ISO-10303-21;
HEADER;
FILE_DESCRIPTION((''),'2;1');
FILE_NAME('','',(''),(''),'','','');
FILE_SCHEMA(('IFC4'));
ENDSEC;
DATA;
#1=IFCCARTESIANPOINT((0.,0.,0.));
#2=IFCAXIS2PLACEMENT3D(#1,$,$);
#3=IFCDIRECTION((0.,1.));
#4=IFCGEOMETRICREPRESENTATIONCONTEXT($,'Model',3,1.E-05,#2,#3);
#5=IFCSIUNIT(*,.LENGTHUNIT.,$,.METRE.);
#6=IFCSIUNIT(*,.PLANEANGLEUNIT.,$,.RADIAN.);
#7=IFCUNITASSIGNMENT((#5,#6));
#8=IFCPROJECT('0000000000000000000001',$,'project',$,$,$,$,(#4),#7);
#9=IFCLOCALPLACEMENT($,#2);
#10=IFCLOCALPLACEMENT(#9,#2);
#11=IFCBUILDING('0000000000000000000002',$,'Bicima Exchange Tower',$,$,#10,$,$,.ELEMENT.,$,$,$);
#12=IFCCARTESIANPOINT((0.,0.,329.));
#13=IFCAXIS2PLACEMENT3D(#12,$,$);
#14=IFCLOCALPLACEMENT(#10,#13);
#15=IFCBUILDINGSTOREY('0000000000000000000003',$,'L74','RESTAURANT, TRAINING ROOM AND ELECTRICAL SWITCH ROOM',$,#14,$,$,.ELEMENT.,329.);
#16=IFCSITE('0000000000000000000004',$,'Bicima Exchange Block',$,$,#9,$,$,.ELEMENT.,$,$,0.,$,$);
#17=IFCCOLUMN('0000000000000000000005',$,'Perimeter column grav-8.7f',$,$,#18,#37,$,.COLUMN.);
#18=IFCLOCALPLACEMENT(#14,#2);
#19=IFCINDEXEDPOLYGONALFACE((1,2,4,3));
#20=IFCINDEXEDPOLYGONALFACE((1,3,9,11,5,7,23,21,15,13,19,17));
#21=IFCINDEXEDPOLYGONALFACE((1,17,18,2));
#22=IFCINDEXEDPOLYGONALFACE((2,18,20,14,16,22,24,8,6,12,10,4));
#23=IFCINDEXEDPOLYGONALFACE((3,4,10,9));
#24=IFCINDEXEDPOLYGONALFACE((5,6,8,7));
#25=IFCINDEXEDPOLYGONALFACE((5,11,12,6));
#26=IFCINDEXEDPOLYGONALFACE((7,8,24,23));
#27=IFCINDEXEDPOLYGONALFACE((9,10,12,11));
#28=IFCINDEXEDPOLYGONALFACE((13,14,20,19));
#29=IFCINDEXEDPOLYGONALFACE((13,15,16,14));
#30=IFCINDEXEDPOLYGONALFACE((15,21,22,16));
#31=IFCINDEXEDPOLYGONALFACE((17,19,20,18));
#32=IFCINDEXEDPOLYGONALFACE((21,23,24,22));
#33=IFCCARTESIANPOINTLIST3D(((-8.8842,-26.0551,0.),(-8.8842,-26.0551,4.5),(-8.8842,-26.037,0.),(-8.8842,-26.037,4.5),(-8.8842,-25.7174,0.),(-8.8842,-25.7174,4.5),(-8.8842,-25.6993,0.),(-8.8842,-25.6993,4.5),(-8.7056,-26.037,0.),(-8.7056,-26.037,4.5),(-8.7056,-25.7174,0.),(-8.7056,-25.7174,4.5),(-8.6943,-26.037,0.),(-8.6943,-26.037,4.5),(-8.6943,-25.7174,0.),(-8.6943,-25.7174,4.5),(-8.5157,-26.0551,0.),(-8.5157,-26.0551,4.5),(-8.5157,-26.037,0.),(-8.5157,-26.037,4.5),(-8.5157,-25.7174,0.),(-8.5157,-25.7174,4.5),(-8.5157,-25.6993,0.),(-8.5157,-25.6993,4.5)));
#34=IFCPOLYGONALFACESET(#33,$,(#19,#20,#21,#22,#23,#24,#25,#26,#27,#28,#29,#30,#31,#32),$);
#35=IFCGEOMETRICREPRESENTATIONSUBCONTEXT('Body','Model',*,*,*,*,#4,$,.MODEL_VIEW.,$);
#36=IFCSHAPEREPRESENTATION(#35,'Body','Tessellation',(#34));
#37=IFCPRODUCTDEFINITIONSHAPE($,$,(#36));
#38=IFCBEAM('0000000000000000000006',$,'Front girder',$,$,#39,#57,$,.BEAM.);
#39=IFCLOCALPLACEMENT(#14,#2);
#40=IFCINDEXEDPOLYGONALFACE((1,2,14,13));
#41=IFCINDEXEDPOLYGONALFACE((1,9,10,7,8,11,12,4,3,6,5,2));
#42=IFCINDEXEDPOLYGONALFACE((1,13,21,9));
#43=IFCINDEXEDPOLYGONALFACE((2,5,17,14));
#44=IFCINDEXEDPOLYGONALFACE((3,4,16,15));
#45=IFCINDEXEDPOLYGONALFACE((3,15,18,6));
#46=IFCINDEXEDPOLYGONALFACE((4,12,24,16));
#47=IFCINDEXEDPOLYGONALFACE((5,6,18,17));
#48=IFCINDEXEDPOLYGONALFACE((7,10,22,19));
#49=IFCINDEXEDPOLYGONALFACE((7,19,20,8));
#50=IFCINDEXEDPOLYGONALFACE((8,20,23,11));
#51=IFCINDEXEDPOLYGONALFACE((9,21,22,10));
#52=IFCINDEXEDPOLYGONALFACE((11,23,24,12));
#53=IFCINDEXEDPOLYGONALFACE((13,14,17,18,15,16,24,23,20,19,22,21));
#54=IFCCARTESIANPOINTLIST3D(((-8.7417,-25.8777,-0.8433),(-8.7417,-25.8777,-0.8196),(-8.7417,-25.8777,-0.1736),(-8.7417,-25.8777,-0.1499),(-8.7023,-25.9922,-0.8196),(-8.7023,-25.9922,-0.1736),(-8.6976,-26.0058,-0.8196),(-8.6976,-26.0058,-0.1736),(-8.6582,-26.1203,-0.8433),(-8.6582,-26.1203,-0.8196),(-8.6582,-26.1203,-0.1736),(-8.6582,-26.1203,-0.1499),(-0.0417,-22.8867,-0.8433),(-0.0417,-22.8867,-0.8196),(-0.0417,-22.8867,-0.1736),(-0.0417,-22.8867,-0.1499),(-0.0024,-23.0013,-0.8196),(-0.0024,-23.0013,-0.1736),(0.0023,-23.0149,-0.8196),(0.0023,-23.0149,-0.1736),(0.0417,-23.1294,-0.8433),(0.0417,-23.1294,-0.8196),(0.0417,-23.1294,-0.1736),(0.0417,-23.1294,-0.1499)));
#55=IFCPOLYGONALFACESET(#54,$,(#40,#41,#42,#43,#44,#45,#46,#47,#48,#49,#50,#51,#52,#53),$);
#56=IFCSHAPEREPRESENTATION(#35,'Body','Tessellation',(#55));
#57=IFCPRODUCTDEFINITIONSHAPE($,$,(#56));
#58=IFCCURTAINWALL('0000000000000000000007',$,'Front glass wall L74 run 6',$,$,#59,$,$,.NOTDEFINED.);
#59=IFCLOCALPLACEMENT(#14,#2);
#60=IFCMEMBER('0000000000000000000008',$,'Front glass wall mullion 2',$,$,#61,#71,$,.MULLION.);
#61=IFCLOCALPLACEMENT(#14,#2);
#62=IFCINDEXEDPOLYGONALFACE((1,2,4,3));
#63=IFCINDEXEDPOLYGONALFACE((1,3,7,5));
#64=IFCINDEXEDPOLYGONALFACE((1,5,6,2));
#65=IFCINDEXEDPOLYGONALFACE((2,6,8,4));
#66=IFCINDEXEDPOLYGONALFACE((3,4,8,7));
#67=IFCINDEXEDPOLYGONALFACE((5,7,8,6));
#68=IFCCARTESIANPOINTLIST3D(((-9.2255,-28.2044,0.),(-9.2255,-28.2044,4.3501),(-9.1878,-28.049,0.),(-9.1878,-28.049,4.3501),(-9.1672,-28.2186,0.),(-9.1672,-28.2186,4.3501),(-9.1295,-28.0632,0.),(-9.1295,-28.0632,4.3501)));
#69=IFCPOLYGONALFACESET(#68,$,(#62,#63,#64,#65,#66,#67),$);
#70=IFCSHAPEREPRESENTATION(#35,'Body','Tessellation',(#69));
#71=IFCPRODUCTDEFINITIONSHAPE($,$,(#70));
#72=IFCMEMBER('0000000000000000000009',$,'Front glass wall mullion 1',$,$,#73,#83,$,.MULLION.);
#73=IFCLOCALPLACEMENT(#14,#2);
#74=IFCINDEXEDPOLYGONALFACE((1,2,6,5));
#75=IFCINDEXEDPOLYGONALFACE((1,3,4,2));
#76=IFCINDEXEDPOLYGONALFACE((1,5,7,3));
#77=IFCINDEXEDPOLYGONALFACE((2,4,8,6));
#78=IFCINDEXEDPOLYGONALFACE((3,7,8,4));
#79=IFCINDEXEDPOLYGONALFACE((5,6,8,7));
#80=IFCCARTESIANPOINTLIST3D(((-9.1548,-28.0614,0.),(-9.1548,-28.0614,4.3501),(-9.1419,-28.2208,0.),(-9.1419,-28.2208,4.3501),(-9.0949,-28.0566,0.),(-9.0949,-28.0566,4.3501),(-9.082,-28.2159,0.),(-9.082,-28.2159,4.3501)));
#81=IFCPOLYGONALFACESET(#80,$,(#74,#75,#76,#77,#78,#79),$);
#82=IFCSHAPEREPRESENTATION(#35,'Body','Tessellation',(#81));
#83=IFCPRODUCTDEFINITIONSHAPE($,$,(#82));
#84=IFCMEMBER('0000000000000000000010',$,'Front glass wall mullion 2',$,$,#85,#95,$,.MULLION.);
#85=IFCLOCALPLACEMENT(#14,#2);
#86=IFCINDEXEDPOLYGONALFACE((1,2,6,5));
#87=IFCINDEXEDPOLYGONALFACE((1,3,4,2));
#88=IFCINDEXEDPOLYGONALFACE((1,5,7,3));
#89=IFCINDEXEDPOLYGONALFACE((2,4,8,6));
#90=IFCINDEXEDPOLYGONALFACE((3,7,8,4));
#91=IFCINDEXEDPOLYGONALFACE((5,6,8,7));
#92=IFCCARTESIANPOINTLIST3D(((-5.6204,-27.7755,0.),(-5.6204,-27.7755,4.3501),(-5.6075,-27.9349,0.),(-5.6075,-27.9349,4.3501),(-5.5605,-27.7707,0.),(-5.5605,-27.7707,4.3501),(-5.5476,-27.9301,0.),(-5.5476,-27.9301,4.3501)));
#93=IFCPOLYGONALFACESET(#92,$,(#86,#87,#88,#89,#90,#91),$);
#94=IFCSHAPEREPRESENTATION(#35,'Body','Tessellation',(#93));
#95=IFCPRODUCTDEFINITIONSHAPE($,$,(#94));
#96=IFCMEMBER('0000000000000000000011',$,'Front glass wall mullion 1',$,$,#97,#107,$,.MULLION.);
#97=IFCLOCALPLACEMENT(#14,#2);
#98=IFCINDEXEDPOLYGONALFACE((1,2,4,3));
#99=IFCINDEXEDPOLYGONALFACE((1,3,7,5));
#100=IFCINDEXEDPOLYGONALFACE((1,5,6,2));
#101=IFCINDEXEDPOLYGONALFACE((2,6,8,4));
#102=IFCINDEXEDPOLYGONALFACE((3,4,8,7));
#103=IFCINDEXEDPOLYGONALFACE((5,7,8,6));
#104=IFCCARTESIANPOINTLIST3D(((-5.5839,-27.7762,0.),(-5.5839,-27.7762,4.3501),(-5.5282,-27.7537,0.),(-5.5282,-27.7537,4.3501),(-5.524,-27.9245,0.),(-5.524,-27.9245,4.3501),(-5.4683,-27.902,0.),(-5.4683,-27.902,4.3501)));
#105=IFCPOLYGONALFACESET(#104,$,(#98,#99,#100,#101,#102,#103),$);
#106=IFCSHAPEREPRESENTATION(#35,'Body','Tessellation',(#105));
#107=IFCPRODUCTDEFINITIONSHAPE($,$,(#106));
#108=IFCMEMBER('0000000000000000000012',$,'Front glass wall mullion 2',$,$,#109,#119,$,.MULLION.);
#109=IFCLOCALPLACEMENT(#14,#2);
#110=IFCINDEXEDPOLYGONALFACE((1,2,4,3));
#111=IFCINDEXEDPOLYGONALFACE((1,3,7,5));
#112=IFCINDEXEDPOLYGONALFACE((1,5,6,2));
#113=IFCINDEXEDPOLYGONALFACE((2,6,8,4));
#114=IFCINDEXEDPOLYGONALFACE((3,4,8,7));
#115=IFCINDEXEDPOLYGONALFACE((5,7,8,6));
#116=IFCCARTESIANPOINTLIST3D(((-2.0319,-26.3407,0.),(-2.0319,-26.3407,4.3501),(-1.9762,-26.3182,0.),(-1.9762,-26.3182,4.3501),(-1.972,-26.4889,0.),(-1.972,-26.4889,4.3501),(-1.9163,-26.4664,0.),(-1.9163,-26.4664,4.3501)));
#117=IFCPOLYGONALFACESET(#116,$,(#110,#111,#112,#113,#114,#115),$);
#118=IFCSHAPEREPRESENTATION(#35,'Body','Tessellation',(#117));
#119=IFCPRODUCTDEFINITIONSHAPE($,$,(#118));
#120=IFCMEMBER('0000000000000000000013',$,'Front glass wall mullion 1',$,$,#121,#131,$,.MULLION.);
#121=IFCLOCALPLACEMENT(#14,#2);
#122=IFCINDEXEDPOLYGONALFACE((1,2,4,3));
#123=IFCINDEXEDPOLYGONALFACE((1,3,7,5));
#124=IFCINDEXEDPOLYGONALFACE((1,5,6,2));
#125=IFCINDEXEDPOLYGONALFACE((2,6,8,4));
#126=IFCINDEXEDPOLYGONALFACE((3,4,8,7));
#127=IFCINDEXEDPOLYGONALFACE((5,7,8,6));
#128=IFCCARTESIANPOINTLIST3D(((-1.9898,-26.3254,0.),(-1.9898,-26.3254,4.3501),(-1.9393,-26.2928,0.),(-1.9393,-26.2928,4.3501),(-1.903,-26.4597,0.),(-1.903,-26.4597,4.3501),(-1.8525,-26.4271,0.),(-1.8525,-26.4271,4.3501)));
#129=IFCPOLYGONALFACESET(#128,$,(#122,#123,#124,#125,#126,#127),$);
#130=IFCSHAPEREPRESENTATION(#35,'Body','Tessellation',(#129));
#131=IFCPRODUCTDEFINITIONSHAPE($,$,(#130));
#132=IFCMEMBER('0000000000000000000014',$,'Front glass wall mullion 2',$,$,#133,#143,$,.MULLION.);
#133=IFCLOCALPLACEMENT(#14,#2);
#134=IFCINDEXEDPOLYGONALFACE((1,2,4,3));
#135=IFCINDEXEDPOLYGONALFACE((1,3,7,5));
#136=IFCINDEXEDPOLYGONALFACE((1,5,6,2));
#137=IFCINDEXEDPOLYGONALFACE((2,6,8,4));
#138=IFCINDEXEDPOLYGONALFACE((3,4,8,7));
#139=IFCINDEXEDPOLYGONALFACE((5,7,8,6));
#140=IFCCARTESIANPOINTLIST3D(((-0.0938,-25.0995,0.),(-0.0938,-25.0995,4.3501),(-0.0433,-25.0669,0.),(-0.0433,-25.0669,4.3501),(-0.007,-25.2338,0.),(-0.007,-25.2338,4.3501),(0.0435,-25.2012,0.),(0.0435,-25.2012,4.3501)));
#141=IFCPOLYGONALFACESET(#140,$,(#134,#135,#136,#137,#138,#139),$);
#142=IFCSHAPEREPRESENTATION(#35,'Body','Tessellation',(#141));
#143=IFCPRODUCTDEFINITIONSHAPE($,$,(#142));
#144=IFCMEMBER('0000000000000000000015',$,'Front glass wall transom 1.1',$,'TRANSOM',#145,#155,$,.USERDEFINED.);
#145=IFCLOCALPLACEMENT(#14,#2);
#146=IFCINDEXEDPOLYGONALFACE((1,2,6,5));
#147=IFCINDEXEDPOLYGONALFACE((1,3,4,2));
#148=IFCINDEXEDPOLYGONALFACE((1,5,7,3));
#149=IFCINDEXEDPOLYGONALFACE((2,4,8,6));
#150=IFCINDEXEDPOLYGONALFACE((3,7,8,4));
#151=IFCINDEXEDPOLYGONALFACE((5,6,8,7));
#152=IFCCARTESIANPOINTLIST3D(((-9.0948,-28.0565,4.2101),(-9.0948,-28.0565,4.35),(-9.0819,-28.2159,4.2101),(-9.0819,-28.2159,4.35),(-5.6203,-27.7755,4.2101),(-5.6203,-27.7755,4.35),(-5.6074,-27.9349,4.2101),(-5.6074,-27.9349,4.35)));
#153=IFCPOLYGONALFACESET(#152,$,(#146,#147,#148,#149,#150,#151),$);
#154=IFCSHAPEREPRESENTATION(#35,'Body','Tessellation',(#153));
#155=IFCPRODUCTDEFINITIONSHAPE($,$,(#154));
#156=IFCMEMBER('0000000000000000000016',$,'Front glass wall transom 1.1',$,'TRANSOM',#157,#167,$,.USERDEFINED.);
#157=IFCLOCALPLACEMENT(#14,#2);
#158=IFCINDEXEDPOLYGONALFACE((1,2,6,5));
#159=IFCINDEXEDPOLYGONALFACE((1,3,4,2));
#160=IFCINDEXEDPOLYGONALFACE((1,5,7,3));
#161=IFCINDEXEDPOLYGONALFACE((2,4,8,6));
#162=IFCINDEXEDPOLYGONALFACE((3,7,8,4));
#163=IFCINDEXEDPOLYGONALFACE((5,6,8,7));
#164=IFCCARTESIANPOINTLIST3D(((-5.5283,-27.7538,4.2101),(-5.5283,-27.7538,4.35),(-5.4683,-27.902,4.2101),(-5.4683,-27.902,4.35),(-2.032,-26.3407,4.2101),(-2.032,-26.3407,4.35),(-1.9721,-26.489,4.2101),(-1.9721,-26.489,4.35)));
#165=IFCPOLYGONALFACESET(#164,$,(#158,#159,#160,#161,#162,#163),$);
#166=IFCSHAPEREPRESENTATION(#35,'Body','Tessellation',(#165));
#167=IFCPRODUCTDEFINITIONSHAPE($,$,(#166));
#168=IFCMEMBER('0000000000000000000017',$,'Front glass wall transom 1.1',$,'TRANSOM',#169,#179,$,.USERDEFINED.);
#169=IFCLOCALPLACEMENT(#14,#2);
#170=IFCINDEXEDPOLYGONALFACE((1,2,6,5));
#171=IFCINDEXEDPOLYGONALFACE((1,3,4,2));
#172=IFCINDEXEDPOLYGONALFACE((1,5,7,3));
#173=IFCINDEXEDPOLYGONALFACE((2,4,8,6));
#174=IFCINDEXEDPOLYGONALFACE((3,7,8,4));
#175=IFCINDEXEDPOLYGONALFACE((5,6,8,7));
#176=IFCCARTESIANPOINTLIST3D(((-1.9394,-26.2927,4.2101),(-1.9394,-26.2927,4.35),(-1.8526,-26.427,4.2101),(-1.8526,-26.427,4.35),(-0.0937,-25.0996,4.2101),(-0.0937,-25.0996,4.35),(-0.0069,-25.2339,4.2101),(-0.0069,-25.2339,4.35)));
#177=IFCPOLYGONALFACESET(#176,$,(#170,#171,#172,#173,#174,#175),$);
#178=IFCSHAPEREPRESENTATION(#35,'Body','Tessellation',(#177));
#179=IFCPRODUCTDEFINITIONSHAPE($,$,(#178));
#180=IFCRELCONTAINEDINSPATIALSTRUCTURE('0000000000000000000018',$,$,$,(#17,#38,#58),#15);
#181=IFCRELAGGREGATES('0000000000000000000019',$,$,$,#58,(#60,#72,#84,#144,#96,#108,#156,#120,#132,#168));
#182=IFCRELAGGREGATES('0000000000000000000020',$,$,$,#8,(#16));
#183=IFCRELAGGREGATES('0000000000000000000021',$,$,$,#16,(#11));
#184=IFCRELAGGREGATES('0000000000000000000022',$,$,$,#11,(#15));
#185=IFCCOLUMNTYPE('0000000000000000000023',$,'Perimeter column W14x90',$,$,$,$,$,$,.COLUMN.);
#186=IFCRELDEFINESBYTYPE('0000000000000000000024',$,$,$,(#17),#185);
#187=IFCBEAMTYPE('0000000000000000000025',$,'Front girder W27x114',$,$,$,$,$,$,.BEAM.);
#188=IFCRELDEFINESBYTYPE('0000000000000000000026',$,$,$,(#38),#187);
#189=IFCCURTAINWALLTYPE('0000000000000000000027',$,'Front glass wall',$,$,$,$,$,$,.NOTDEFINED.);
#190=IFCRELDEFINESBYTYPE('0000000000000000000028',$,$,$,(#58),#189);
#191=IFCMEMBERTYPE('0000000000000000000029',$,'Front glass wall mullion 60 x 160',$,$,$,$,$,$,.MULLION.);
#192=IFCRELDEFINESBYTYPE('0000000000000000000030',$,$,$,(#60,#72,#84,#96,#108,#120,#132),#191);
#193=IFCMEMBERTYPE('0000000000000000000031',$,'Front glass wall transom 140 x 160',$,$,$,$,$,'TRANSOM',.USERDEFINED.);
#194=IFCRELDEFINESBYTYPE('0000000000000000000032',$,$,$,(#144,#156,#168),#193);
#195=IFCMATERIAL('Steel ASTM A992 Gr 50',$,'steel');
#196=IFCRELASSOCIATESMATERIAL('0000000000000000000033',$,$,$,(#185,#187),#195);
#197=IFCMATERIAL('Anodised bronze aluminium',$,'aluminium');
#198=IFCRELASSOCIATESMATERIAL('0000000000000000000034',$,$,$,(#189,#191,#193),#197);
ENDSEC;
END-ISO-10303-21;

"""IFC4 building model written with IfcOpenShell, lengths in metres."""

from ifc_helpers import new_model, si_unit, direction, frame, origin, origin_2d, place, context, subcontext, project, spatial, rectangle, i_section, extrude, material, material_profile, profile_set, type_object, element, aggregate, save


model = new_model("IFC4")

# Units and contexts
model_context = context("Model", 3, precision=1e-05, world=origin(), true_north=direction((0.0, 1.0)))
body_context = subcontext(model_context, "Body", "Model", "MODEL_VIEW")
ifc_project = project(units=[si_unit("LENGTHUNIT", "METRE"), si_unit("PLANEANGLEUNIT", "RADIAN")], contexts=[model_context])

# Site, building, storey
site_placement = place(None, origin())
site = spatial("IfcSite", under=ifc_project, at=site_placement, Name="Bicima Exchange Block", CompositionType="ELEMENT", RefElevation=0.0)
building_placement = place(site_placement, origin())
building = spatial("IfcBuilding", under=site, at=building_placement, Name="Bicima Exchange Tower", CompositionType="ELEMENT")
storey_placement = place(building_placement, frame((0.0, 0.0, 329.0)))
storey = spatial("IfcBuildingStorey", under=building, at=storey_placement, Name="L74", Description="RESTAURANT, TRAINING ROOM AND ELECTRICAL SWITCH ROOM", CompositionType="ELEMENT", Elevation=329.0)

# Column
ifc_material_1 = material(Name="Steel ASTM A992 Gr 50", Category="steel")
ifc_material_profile_1 = material_profile(ifc_material_1, i_section(OverallWidth=0.3684, OverallDepth=0.3557, WebThickness=0.0112, FlangeThickness=0.0181, at=origin_2d()))
ifc_profile_set_1 = profile_set([ifc_material_profile_1], Name="Steel ASTM A992 Gr 50")
column_type = type_object("IfcColumnType", Name="Perimeter column W14x90", PredefinedType="COLUMN", material=ifc_profile_set_1)
column_placement = place(storey_placement, frame((-8.7, -25.8772, 0.0), z_axis=(0.0, 0.0, 1.0), x_axis=(1.0, 0.0, 0.0)))
element("IfcColumn", 1, at=column_placement, inside=storey, type_object=column_type, Name="Perimeter column grav-8.7f", PredefinedType="COLUMN", context=body_context, shape_type="SweptSolid", body=[
    extrude(i_section(OverallWidth=0.3684, OverallDepth=0.3557, WebThickness=0.0112, FlangeThickness=0.0181, at=origin_2d()), origin(), (0.0, 0.0, 1.0), 4.5),
])

# Beam
ifc_material_profile_2 = material_profile(ifc_material_1, i_section(OverallWidth=0.2566, OverallDepth=0.6934, WebThickness=0.0144, FlangeThickness=0.0237, at=origin_2d()))
ifc_profile_set_2 = profile_set([ifc_material_profile_2], Name="Steel ASTM A992 Gr 50")
beam_type = type_object("IfcBeamType", Name="Front girder W27x114", PredefinedType="BEAM", material=ifc_profile_set_2)
beam_placement = place(storey_placement, frame((-8.7, -25.999, -0.4966), z_axis=(0.945675, 0.325115, 0.0), x_axis=(-0.325115, 0.945675, 0.0)))
element("IfcBeam", 2, at=beam_placement, inside=storey, type_object=beam_type, Name="Front girder", PredefinedType="BEAM", context=body_context, shape_type="SweptSolid", body=[
    extrude(i_section(OverallWidth=0.2566, OverallDepth=0.6934, WebThickness=0.0144, FlangeThickness=0.0237, at=origin_2d()), origin(), (0.0, 0.0, 1.0), 9.1997),
])

# Curtain wall, members
ifc_material_2 = material(Name="Anodised bronze aluminium", Category="aluminium")
curtain_wall_type = type_object("IfcCurtainWallType", Name="Front glass wall", PredefinedType="NOTDEFINED", material=ifc_material_2)
curtain_wall_placement = place(storey_placement, origin())
curtain_wall = element("IfcCurtainWall", 3, at=curtain_wall_placement, inside=storey, type_object=curtain_wall_type, Name="Front glass wall L74 run 6", PredefinedType="NOTDEFINED")
ifc_material_profile_3 = material_profile(ifc_material_2, rectangle(XDim=0.1599, YDim=0.0601, at=origin_2d()))
ifc_profile_set_3 = profile_set([ifc_material_profile_3], Name="Anodised bronze aluminium")
member_type_1 = type_object("IfcMemberType", Name="Front glass wall mullion 60 x 160", PredefinedType="MULLION", material=ifc_profile_set_3)
member_1_placement = place(storey_placement, frame((-9.1775, -28.1338, 0.0), z_axis=(0.0, 0.0, 1.0), x_axis=(0.235682, 0.97183, 0.0)))
member_1 = element("IfcMember", 4, at=member_1_placement, type_object=member_type_1, Name="Front glass wall mullion 2", PredefinedType="MULLION", context=body_context, shape_type="SweptSolid", body=[
    extrude(rectangle(XDim=0.1599, YDim=0.0601, at=origin_2d()), origin(), (0.0, 0.0, 1.0), 4.3501),
])
member_2_placement = place(storey_placement, frame((-9.1184, -28.1387, 0.0), z_axis=(0.0, 0.0, 1.0), x_axis=(-0.080589, 0.996747, 0.0)))
member_2 = element("IfcMember", 5, at=member_2_placement, type_object=member_type_1, Name="Front glass wall mullion 1", PredefinedType="MULLION", context=body_context, shape_type="SweptSolid", body=[
    extrude(rectangle(XDim=0.1599, YDim=0.0601, at=origin_2d()), origin(), (0.0, 0.0, 1.0), 4.3501),
])
member_3_placement = place(storey_placement, frame((-5.584, -27.8528, 0.0), z_axis=(0.0, 0.0, 1.0), x_axis=(-0.080589, 0.996747, 0.0)))
member_3 = element("IfcMember", 6, at=member_3_placement, type_object=member_type_1, Name="Front glass wall mullion 2", PredefinedType="MULLION", context=body_context, shape_type="SweptSolid", body=[
    extrude(rectangle(XDim=0.1599, YDim=0.0601, at=origin_2d()), origin(), (0.0, 0.0, 1.0), 4.3501),
])
member_4_placement = place(storey_placement, frame((-5.5261, -27.8391, 0.0), z_axis=(0.0, 0.0, 1.0), x_axis=(-0.374705, 0.927144, 0.0)))
member_4 = element("IfcMember", 7, at=member_4_placement, type_object=member_type_1, Name="Front glass wall mullion 1", PredefinedType="MULLION", context=body_context, shape_type="SweptSolid", body=[
    extrude(rectangle(XDim=0.1599, YDim=0.0601, at=origin_2d()), origin(), (0.0, 0.0, 1.0), 4.3501),
])
member_5_placement = place(storey_placement, frame((-1.9741, -26.4036, 0.0), z_axis=(0.0, 0.0, 1.0), x_axis=(-0.374705, 0.927144, 0.0)))
member_5 = element("IfcMember", 8, at=member_5_placement, type_object=member_type_1, Name="Front glass wall mullion 2", PredefinedType="MULLION", context=body_context, shape_type="SweptSolid", body=[
    extrude(rectangle(XDim=0.1599, YDim=0.0601, at=origin_2d()), origin(), (0.0, 0.0, 1.0), 4.3501),
])
member_6_placement = place(storey_placement, frame((-1.9211, -26.3762, 0.0), z_axis=(0.0, 0.0, 1.0), x_axis=(-0.542897, 0.839799, 0.0)))
member_6 = element("IfcMember", 9, at=member_6_placement, type_object=member_type_1, Name="Front glass wall mullion 1", PredefinedType="MULLION", context=body_context, shape_type="SweptSolid", body=[
    extrude(rectangle(XDim=0.1599, YDim=0.0601, at=origin_2d()), origin(), (0.0, 0.0, 1.0), 4.3501),
])
member_7_placement = place(storey_placement, frame((-0.0251, -25.1504, 0.0), z_axis=(0.0, 0.0, 1.0), x_axis=(-0.542897, 0.839799, 0.0)))
member_7 = element("IfcMember", 10, at=member_7_placement, type_object=member_type_1, Name="Front glass wall mullion 2", PredefinedType="MULLION", context=body_context, shape_type="SweptSolid", body=[
    extrude(rectangle(XDim=0.1599, YDim=0.0601, at=origin_2d()), origin(), (0.0, 0.0, 1.0), 4.3501),
])
ifc_material_profile_4 = material_profile(ifc_material_2, rectangle(XDim=0.1599, YDim=0.1399, at=origin_2d()))
ifc_profile_set_4 = profile_set([ifc_material_profile_4], Name="Anodised bronze aluminium")
member_type_2 = type_object("IfcMemberType", Name="Front glass wall transom 140 x 160", ElementType="TRANSOM", PredefinedType="USERDEFINED", material=ifc_profile_set_4)
member_8_placement = place(storey_placement, frame((-9.0884, -28.1362, 4.28), z_axis=(0.996746, 0.080611, 0.0), x_axis=(-0.080611, 0.996746, 0.0)))
member_8 = element("IfcMember", 11, at=member_8_placement, type_object=member_type_2, Name="Front glass wall transom 1.1", ObjectType="TRANSOM", PredefinedType="USERDEFINED", context=body_context, shape_type="SweptSolid", body=[
    extrude(rectangle(XDim=0.1599, YDim=0.1399, at=origin_2d()), origin(), (0.0, 0.0, 1.0), 3.4858),
])
member_9_placement = place(storey_placement, frame((-5.4983, -27.8279, 4.28), z_axis=(0.92714, 0.374715, 0.0), x_axis=(-0.374715, 0.92714, 0.0)))
member_9 = element("IfcMember", 12, at=member_9_placement, type_object=member_type_2, Name="Front glass wall transom 1.1", ObjectType="TRANSOM", PredefinedType="USERDEFINED", context=body_context, shape_type="SweptSolid", body=[
    extrude(rectangle(XDim=0.1599, YDim=0.1399, at=origin_2d()), origin(), (0.0, 0.0, 1.0), 3.771),
])
member_10_placement = place(storey_placement, frame((-1.896, -26.3599, 4.28), z_axis=(0.839811, 0.542878, 0.0), x_axis=(-0.542878, 0.839811, 0.0)))
member_10 = element("IfcMember", 13, at=member_10_placement, type_object=member_type_2, Name="Front glass wall transom 1.1", ObjectType="TRANSOM", PredefinedType="USERDEFINED", context=body_context, shape_type="SweptSolid", body=[
    extrude(rectangle(XDim=0.1599, YDim=0.1399, at=origin_2d()), origin(), (0.0, 0.0, 1.0), 2.1978),
])
aggregate(curtain_wall, [member_1, member_2, member_3, member_8, member_4, member_5, member_9, member_6, member_7, member_10])

save(model, "model.ifc")
